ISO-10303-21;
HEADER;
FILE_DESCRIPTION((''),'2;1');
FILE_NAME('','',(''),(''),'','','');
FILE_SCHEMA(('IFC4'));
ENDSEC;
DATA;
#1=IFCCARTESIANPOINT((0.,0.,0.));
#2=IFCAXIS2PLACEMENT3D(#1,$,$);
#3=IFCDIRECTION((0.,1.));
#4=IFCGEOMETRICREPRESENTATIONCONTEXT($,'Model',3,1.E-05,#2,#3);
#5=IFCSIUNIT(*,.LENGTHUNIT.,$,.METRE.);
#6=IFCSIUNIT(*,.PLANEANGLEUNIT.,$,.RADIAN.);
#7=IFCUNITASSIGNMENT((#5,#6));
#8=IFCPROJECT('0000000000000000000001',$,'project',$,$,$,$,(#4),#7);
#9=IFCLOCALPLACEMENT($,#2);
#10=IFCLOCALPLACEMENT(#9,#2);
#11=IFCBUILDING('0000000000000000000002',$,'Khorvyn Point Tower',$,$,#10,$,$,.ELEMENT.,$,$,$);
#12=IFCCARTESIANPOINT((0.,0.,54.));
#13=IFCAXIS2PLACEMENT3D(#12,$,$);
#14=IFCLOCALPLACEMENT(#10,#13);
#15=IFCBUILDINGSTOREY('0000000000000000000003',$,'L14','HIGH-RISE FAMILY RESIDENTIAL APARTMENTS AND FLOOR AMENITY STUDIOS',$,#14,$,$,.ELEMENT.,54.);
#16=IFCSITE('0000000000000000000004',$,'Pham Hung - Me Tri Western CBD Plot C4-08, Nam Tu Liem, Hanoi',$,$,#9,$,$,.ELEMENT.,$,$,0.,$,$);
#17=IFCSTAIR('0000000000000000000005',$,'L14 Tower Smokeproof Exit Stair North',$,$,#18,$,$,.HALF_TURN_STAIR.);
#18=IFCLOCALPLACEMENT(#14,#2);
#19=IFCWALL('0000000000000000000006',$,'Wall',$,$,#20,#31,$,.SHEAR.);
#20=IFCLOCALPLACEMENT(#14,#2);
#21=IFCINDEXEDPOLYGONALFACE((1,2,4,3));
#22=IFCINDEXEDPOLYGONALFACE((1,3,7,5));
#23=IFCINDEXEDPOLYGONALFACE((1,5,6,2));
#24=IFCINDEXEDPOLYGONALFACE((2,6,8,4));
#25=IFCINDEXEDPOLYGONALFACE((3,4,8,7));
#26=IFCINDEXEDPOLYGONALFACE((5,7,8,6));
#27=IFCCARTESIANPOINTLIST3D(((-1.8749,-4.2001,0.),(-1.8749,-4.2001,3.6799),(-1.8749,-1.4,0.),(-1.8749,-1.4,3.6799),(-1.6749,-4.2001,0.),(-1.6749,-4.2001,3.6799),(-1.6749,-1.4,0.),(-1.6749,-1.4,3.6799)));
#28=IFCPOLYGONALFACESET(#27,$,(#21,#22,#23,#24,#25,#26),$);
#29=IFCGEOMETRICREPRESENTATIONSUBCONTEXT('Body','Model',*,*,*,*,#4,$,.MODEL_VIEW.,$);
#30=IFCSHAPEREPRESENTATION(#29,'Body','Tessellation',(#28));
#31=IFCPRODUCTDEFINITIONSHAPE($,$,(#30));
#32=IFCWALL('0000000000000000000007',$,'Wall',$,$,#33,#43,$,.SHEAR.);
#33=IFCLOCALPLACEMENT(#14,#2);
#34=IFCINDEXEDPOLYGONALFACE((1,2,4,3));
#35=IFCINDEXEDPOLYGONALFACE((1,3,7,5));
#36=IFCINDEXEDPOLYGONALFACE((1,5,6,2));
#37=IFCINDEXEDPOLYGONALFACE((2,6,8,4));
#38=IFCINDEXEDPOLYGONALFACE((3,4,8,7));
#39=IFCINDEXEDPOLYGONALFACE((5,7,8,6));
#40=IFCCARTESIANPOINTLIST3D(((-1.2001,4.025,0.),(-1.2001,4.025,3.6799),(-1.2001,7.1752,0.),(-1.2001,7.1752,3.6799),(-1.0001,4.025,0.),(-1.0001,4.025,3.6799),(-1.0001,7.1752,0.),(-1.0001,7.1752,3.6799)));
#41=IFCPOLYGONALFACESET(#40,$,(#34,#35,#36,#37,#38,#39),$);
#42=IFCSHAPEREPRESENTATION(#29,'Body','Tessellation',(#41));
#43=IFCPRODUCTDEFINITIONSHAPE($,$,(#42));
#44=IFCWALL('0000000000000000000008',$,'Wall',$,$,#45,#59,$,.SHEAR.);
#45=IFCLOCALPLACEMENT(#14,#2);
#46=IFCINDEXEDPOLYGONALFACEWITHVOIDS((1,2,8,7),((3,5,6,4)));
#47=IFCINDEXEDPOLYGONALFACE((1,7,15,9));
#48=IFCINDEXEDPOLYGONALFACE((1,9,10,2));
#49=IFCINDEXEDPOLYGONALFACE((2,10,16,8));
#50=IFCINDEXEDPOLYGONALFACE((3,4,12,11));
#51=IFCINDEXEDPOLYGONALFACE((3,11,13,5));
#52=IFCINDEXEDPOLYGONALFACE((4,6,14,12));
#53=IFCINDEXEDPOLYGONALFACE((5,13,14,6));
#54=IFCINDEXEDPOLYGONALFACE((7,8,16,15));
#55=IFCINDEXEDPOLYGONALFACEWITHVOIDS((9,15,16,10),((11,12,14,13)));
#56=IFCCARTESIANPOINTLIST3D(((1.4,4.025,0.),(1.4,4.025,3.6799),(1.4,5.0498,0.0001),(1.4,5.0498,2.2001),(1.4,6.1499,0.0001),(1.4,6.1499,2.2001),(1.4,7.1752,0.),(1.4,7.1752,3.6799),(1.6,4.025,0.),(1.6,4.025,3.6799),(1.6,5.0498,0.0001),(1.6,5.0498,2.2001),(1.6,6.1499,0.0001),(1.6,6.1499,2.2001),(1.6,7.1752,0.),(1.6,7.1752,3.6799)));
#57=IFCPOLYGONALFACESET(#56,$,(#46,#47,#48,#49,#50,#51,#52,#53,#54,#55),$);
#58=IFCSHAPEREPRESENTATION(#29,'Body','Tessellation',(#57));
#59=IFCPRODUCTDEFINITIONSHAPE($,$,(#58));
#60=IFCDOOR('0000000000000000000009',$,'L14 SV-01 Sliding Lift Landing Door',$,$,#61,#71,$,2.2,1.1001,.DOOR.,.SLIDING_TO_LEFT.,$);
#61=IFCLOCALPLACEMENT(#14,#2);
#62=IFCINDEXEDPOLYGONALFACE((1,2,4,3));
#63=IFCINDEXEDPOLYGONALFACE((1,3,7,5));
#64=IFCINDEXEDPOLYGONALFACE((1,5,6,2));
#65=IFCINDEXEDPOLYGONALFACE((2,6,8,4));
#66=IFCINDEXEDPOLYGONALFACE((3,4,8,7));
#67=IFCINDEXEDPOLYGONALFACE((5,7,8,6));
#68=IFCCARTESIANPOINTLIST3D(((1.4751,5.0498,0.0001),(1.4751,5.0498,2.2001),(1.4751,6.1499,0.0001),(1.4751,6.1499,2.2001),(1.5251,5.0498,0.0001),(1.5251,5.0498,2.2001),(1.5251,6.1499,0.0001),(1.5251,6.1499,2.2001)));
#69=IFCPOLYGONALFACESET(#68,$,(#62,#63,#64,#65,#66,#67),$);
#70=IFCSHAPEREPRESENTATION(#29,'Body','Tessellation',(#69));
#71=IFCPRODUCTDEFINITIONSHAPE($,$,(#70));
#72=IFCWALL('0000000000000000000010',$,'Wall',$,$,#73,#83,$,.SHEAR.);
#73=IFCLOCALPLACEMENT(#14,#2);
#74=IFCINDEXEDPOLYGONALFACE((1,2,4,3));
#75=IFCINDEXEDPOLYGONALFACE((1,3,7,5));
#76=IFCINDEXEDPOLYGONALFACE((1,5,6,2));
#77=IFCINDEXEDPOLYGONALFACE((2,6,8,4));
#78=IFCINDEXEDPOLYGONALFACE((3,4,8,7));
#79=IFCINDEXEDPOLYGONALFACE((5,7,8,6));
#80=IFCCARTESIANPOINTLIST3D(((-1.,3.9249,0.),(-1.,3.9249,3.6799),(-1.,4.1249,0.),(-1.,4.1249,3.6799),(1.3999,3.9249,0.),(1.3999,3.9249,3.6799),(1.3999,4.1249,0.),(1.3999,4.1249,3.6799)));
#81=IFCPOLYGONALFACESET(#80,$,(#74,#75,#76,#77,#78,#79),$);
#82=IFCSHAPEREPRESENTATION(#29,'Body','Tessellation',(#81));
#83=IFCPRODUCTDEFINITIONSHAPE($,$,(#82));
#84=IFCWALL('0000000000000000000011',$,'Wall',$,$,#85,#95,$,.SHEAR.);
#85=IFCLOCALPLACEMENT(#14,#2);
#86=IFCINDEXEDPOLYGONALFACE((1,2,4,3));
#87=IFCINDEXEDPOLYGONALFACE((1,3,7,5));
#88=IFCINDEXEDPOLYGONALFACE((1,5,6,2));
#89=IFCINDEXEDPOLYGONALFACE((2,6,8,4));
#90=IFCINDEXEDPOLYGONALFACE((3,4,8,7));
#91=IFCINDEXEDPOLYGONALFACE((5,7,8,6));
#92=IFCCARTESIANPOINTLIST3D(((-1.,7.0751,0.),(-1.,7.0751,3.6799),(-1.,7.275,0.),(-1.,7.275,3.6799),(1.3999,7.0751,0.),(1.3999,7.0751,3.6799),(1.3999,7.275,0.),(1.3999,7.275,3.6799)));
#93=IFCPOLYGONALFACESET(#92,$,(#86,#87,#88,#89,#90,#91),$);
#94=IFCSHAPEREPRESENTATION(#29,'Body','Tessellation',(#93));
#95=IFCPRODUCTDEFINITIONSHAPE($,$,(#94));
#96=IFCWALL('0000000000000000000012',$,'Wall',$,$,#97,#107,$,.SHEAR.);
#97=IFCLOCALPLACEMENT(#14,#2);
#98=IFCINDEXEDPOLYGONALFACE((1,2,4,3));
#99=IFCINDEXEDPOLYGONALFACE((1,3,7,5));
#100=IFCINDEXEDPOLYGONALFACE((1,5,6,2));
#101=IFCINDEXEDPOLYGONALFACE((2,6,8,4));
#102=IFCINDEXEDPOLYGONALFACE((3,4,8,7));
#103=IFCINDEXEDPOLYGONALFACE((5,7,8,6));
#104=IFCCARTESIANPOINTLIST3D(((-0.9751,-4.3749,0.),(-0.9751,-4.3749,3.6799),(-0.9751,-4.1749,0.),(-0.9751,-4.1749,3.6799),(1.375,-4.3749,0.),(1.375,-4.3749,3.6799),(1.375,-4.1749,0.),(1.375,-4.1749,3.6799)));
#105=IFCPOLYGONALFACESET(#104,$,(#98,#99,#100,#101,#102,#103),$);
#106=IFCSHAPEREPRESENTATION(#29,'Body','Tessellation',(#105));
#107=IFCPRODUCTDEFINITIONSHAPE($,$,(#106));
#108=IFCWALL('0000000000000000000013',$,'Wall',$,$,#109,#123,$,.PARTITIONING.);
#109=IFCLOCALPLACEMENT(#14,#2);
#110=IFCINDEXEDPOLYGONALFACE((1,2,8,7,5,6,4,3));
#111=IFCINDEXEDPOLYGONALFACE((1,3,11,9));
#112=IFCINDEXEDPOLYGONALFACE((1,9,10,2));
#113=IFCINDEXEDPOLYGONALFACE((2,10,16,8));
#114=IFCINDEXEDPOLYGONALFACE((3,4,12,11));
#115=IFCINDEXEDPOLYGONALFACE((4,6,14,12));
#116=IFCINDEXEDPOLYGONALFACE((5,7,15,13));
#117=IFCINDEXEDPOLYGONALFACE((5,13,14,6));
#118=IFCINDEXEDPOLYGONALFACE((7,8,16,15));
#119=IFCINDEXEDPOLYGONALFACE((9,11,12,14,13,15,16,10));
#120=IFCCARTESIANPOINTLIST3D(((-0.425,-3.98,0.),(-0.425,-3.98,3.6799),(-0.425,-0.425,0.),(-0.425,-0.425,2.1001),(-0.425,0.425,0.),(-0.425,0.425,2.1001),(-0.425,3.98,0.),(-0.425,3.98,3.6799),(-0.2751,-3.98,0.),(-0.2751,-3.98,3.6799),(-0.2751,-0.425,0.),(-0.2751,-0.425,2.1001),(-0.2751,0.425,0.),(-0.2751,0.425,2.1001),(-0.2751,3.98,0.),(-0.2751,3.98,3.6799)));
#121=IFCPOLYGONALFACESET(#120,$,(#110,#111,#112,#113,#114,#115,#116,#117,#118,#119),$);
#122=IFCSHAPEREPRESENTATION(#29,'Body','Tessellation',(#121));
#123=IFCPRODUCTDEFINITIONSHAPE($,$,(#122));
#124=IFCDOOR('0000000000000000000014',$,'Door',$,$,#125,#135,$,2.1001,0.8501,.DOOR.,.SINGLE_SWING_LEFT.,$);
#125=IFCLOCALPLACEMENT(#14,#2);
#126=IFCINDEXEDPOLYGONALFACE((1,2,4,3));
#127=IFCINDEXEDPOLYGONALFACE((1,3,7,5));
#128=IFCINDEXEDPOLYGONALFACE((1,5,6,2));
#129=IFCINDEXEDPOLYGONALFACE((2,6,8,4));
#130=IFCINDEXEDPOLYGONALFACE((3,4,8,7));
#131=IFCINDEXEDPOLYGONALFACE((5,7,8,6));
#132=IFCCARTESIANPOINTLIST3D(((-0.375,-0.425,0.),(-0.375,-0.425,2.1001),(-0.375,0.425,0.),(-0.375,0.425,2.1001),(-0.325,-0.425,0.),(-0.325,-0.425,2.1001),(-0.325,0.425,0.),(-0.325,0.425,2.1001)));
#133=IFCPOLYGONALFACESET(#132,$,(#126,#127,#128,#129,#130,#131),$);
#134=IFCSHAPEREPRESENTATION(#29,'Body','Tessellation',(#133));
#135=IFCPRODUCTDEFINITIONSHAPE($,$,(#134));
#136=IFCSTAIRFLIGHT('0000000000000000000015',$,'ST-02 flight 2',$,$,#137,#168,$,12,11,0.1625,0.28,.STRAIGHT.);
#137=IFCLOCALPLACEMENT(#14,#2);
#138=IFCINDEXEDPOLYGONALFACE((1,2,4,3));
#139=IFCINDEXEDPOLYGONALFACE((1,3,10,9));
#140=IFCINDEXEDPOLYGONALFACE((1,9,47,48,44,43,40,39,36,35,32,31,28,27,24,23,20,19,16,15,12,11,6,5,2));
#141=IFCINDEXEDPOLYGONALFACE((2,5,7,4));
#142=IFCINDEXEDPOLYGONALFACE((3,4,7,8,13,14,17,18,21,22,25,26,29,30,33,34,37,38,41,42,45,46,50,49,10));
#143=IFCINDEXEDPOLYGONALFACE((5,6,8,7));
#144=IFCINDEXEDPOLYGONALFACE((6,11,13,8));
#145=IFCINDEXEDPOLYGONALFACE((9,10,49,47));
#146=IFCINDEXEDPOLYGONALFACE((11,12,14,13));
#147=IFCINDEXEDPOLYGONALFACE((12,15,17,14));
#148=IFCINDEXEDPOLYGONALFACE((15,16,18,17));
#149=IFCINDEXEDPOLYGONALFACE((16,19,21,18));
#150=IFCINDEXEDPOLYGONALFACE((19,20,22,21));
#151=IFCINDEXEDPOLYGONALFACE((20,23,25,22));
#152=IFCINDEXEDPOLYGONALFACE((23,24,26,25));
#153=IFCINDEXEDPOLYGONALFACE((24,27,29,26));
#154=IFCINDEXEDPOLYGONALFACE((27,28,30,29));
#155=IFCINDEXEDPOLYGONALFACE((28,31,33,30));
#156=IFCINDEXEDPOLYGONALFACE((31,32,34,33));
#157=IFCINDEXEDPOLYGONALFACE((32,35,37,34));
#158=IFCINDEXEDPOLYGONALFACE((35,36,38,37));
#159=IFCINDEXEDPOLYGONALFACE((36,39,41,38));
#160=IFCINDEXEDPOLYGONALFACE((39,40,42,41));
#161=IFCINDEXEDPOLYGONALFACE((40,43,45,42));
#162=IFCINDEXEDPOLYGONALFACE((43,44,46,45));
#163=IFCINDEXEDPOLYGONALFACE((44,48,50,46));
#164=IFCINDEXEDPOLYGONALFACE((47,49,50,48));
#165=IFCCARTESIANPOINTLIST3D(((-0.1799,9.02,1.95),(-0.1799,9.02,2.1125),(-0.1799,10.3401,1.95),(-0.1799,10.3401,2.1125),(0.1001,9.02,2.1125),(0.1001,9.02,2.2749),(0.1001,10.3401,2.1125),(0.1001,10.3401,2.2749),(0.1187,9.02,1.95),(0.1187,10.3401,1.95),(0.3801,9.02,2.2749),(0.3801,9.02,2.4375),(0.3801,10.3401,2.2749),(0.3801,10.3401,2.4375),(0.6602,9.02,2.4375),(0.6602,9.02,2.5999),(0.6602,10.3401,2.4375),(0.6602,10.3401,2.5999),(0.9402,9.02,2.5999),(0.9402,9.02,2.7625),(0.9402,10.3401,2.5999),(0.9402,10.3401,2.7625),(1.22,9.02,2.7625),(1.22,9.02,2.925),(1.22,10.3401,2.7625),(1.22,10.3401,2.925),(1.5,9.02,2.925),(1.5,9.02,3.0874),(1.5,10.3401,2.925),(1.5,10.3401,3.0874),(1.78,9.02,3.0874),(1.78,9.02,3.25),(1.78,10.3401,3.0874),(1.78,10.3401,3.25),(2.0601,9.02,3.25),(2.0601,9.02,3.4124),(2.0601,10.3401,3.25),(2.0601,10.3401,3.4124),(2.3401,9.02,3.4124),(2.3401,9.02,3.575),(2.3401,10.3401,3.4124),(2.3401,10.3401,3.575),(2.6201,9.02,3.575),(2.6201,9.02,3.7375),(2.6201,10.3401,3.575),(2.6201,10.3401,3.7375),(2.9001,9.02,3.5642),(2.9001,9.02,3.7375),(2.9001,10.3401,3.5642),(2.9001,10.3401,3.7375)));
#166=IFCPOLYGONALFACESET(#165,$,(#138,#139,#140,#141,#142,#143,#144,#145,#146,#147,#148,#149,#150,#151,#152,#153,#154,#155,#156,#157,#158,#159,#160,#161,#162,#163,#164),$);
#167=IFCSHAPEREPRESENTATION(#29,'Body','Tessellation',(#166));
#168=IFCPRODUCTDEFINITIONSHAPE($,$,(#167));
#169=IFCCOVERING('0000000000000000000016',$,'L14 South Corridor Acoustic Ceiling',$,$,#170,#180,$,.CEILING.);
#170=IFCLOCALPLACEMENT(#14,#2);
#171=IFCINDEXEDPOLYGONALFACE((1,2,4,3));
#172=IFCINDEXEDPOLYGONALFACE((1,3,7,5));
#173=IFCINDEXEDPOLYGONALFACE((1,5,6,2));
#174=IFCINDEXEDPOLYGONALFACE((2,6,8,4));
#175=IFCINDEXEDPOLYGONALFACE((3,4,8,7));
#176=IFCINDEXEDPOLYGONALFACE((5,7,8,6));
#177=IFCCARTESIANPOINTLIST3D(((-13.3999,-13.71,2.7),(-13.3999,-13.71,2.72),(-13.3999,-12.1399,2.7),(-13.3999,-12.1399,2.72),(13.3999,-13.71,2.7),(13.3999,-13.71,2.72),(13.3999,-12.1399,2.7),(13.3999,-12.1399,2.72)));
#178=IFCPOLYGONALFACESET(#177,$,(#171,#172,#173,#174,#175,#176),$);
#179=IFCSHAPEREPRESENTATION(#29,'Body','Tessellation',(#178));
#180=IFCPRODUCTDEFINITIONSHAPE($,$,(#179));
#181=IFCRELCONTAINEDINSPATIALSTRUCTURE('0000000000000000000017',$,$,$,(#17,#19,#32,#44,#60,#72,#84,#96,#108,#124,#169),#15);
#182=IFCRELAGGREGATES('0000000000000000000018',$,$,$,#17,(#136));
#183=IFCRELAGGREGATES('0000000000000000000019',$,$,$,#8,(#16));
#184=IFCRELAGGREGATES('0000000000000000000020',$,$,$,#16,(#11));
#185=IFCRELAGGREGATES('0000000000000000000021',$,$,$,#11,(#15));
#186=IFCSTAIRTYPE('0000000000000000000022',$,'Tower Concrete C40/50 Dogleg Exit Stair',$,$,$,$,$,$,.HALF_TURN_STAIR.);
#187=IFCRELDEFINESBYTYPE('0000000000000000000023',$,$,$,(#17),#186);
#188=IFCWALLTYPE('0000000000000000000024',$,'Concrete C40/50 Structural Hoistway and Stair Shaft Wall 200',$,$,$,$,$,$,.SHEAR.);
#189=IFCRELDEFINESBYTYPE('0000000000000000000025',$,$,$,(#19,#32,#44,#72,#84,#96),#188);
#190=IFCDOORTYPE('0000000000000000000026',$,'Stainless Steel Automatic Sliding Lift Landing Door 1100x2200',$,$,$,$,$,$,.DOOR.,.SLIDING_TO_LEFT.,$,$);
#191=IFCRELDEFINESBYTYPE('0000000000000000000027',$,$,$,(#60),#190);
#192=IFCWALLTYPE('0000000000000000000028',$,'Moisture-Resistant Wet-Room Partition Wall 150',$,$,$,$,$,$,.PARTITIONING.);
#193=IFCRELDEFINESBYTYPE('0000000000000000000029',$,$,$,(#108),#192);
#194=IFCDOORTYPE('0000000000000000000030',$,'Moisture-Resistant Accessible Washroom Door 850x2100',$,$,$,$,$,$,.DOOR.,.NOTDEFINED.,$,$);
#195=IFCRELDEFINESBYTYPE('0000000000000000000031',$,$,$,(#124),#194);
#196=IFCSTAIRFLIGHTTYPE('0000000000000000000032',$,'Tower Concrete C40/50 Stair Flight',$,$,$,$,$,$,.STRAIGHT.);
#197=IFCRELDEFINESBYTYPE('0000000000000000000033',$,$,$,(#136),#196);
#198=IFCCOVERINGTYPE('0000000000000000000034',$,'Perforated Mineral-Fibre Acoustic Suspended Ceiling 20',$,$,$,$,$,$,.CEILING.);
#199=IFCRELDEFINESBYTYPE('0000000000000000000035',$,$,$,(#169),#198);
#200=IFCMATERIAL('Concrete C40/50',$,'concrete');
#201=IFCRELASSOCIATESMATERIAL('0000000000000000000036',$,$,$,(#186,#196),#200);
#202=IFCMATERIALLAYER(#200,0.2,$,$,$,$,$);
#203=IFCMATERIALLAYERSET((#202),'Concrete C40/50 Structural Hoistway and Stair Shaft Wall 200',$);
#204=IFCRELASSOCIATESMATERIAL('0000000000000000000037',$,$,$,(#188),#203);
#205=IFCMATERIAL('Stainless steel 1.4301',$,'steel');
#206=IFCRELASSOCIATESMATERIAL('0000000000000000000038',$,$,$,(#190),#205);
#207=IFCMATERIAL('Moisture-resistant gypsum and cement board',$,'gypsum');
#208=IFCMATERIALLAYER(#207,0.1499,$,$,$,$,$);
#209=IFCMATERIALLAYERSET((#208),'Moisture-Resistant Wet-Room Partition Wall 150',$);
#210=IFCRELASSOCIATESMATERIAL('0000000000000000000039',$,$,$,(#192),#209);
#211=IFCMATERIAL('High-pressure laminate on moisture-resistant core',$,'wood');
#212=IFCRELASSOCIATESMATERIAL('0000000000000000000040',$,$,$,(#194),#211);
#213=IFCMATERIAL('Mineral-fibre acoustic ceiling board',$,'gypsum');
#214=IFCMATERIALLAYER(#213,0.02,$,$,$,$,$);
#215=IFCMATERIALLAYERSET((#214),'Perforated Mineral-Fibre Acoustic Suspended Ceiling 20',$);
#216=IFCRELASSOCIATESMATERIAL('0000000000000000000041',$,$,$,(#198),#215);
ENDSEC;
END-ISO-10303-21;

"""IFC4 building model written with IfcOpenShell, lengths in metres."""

from ifc_helpers import new_model, si_unit, direction, frame, frame_2d, origin, place, context, subcontext, project, spatial, polyline, rectangle, outline, extrude, material, layer, layer_set, type_object, element, fill, aggregate, save


model = new_model("IFC4")

# Units and contexts
model_context = context("Model", 3, precision=1e-05, world=origin(), true_north=direction((0.0, 1.0)))
body_context = subcontext(model_context, "Body", "Model", "MODEL_VIEW")
ifc_project = project(units=[si_unit("LENGTHUNIT", "METRE"), si_unit("PLANEANGLEUNIT", "RADIAN")], contexts=[model_context])

# Site, building, storey
site_placement = place(None, origin())
site = spatial("IfcSite", under=ifc_project, at=site_placement, Name="Pham Hung - Me Tri Western CBD Plot C4-08, Nam Tu Liem, Hanoi", CompositionType="ELEMENT", RefElevation=0.0)
building_placement = place(site_placement, origin())
building = spatial("IfcBuilding", under=site, at=building_placement, Name="Khorvyn Point Tower", CompositionType="ELEMENT")
storey_placement = place(building_placement, frame((0.0, 0.0, 54.0)))
storey = spatial("IfcBuildingStorey", under=building, at=storey_placement, Name="L14", Description="HIGH-RISE FAMILY RESIDENTIAL APARTMENTS AND FLOOR AMENITY STUDIOS", CompositionType="ELEMENT", Elevation=54.0)

# Shared definitions
ifc_material_1 = material(Name="Concrete C40/50", Category="concrete")

# Stair
stair_type = type_object("IfcStairType", Name="Tower Concrete C40/50 Dogleg Exit Stair", PredefinedType="HALF_TURN_STAIR", material=ifc_material_1)
stair_1_placement = place(storey_placement, origin())
stair_1 = element("IfcStair", 1, at=stair_1_placement, inside=storey, type_object=stair_type, Name="L14 Tower Smokeproof Exit Stair North", PredefinedType="HALF_TURN_STAIR")

# Walls
ifc_layer_1 = layer(ifc_material_1, 0.2)
ifc_layer_set_1 = layer_set([ifc_layer_1], Name="Concrete C40/50 Structural Hoistway and Stair Shaft Wall 200")
wall_type_1 = type_object("IfcWallType", Name="Concrete C40/50 Structural Hoistway and Stair Shaft Wall 200", PredefinedType="SHEAR", material=ifc_layer_set_1)
wall_1_placement = place(storey_placement, frame((-1.7749, -4.2, 0.0), z_axis=(0.0, 0.0, 1.0), x_axis=(0.0, 1.0, 0.0)))
element("IfcWall", 2, at=wall_1_placement, inside=storey, type_object=wall_type_1, Name="Wall", PredefinedType="SHEAR", context=body_context, shape_type="SweptSolid", body=[
    extrude(rectangle(XDim=2.8, YDim=0.2, at=frame_2d((1.3999, 0.0))), origin(), (0.0, 0.0, 1.0), 3.6799),
])
wall_2_placement = place(storey_placement, frame((-1.1001, 4.0249, 0.0), z_axis=(0.0, 0.0, 1.0), x_axis=(0.0, 1.0, 0.0)))
element("IfcWall", 3, at=wall_2_placement, inside=storey, type_object=wall_type_1, Name="Wall", PredefinedType="SHEAR", context=body_context, shape_type="SweptSolid", body=[
    extrude(rectangle(XDim=3.1501, YDim=0.2, at=frame_2d((1.5752, 0.0))), origin(), (0.0, 0.0, 1.0), 3.6799),
])

# Wall, opening, door
wall_3_placement = place(storey_placement, frame((1.5, 4.0249, 0.0), z_axis=(0.0, 0.0, 1.0), x_axis=(0.0, 1.0, 0.0)))
wall_3 = element("IfcWall", 4, at=wall_3_placement, inside=storey, type_object=wall_type_1, Name="Wall", PredefinedType="SHEAR", context=body_context, shape_type="SweptSolid", body=[
    extrude(rectangle(XDim=3.1501, YDim=0.2, at=frame_2d((1.5752, 0.0))), origin(), (0.0, 0.0, 1.0), 3.6799),
])
opening_1_placement = place(wall_3_placement, frame((1.0249, 0.0, 0.0)))
opening_1 = element("IfcOpeningElement", 5, at=opening_1_placement, cuts=wall_3, PredefinedType="OPENING", context=body_context, shape_type="SweptSolid", body=[
    extrude(rectangle(XDim=1.1001, YDim=2.2, at=frame_2d((0.55, 1.1001))), frame((0.0, 0.1099, 0.0), z_axis=(0.0, -1.0, 0.0), x_axis=(1.0, 0.0, 0.0)), (0.0, 0.0, 1.0), 0.22),
])
ifc_material_2 = material(Name="Stainless steel 1.4301", Category="steel")
door_type_1 = type_object("IfcDoorType", Name="Stainless Steel Automatic Sliding Lift Landing Door 1100x2200", OperationType="SLIDING_TO_LEFT", PredefinedType="DOOR", material=ifc_material_2)
door_1_placement = place(opening_1_placement, origin())
door_1 = element("IfcDoor", 6, at=door_1_placement, inside=storey, type_object=door_type_1, Name="L14 SV-01 Sliding Lift Landing Door", OperationType="SLIDING_TO_LEFT", OverallHeight=2.2, OverallWidth=1.1001, PredefinedType="DOOR", context=body_context, shape_type="SweptSolid", body=[
    extrude(rectangle(XDim=1.1001, YDim=2.2, at=frame_2d((0.55, 1.1001))), frame((0.0, 0.0249, 0.0), z_axis=(0.0, -1.0, 0.0), x_axis=(1.0, 0.0, 0.0)), (0.0, 0.0, 1.0), 0.05),
])
fill(opening_1, door_1)

# Walls
for number, where, z_axis, x_axis, name in (
    (7, (-1.0, 4.0249, 0.0), (0.0, 0.0, 1.0), (1.0, 0.0, 0.0), "Wall"),
    (8, (-1.0, 7.175, 0.0), (0.0, 0.0, 1.0), (1.0, 0.0, 0.0), "Wall"),
):
    element("IfcWall", number, at=place(storey_placement, frame(where, z_axis=z_axis, x_axis=x_axis)), inside=storey, type_object=wall_type_1, Name=name, PredefinedType="SHEAR", context=body_context, shape_type="SweptSolid", body=[
        extrude(rectangle(XDim=2.3999, YDim=0.2, at=frame_2d((1.2, 0.0))), origin(), (0.0, 0.0, 1.0), 3.6799),
    ])
wall_4_placement = place(storey_placement, frame((-0.9751, -4.2749, 0.0), z_axis=(0.0, 0.0, 1.0), x_axis=(1.0, 0.0, 0.0)))
element("IfcWall", 9, at=wall_4_placement, inside=storey, type_object=wall_type_1, Name="Wall", PredefinedType="SHEAR", context=body_context, shape_type="SweptSolid", body=[
    extrude(rectangle(XDim=2.3501, YDim=0.2, at=frame_2d((1.175, 0.0))), origin(), (0.0, 0.0, 1.0), 3.6799),
])

# Wall, opening, door
ifc_material_3 = material(Name="Moisture-resistant gypsum and cement board", Category="gypsum")
ifc_layer_2 = layer(ifc_material_3, 0.1499)
ifc_layer_set_2 = layer_set([ifc_layer_2], Name="Moisture-Resistant Wet-Room Partition Wall 150")
wall_type_2 = type_object("IfcWallType", Name="Moisture-Resistant Wet-Room Partition Wall 150", PredefinedType="PARTITIONING", material=ifc_layer_set_2)
wall_5_placement = place(storey_placement, frame((-0.3501, -3.98, 0.0), z_axis=(0.0, 0.0, 1.0), x_axis=(0.0, 1.0, 0.0)))
wall_5 = element("IfcWall", 10, at=wall_5_placement, inside=storey, type_object=wall_type_2, Name="Wall", PredefinedType="PARTITIONING", context=body_context, shape_type="SweptSolid", body=[
    extrude(rectangle(XDim=7.96, YDim=0.1499, at=frame_2d((3.98, 0.0))), origin(), (0.0, 0.0, 1.0), 3.6799),
])
opening_2_placement = place(wall_5_placement, frame((3.5549, 0.0, 0.0)))
opening_2 = element("IfcOpeningElement", 11, at=opening_2_placement, cuts=wall_5, PredefinedType="OPENING", context=body_context, shape_type="SweptSolid", body=[
    extrude(rectangle(XDim=0.8501, YDim=2.1001, at=frame_2d((0.425, 1.05))), frame((0.0, 0.085, 0.0), z_axis=(0.0, -1.0, 0.0), x_axis=(1.0, 0.0, 0.0)), (0.0, 0.0, 1.0), 0.1699),
])
ifc_material_4 = material(Name="High-pressure laminate on moisture-resistant core", Category="wood")
door_type_2 = type_object("IfcDoorType", Name="Moisture-Resistant Accessible Washroom Door 850x2100", OperationType="NOTDEFINED", PredefinedType="DOOR", material=ifc_material_4)
door_2_placement = place(opening_2_placement, origin())
door_2 = element("IfcDoor", 12, at=door_2_placement, inside=storey, type_object=door_type_2, Name="Door", OperationType="SINGLE_SWING_LEFT", OverallHeight=2.1001, OverallWidth=0.8501, PredefinedType="DOOR", context=body_context, shape_type="SweptSolid", body=[
    extrude(rectangle(XDim=0.8501, YDim=2.1001, at=frame_2d((0.425, 1.05))), frame((0.0, 0.0249, 0.0), z_axis=(0.0, -1.0, 0.0), x_axis=(1.0, 0.0, 0.0)), (0.0, 0.0, 1.0), 0.05),
])
fill(opening_2, door_2)

# Stair flight
stair_flight_type = type_object("IfcStairFlightType", Name="Tower Concrete C40/50 Stair Flight", PredefinedType="STRAIGHT", material=ifc_material_1)
stair_flight_placement = place(storey_placement, frame((-0.1799, 9.6799, 1.95), z_axis=(0.0, 0.0, 1.0), x_axis=(1.0, 0.0, 0.0)))
stair_flight = element("IfcStairFlight", 13, at=stair_flight_placement, type_object=stair_flight_type, Name="ST-02 flight 2", NumberOfRisers=12, NumberOfTreads=11, PredefinedType="STRAIGHT", RiserHeight=0.1625, TreadLength=0.28, context=body_context, shape_type="SweptSolid", body=[
    extrude(outline(polyline([(0.0, 0.0), (0.0, 0.1626), (0.28, 0.1626), (0.28, 0.325), (0.5601, 0.325), (0.5601, 0.4875), (0.8401, 0.4875), (0.8401, 0.6499), (1.1201, 0.6499), (1.1201, 0.8125), (1.3999, 0.8125), (1.3999, 0.9751), (1.6799, 0.9751), (1.6799, 1.1375), (1.96, 1.1375), (1.96, 1.3), (2.24, 1.3), (2.24, 1.4624), (2.52, 1.4624), (2.52, 1.625), (2.8, 1.625), (2.8, 1.7876), (3.0801, 1.7876), (3.0801, 1.95), (3.0801, 1.6143), (0.2986, 0.0), (0.0, 0.0)])), frame((0.0, 0.6602, 0.0), z_axis=(0.0, -1.0, 0.0), x_axis=(1.0, 0.0, 0.0)), (0.0, 0.0, 1.0), 1.3201),
])
aggregate(stair_1, [stair_flight])

# Covering
ifc_material_5 = material(Name="Mineral-fibre acoustic ceiling board", Category="gypsum")
ifc_layer_3 = layer(ifc_material_5, 0.02)
ifc_layer_set_3 = layer_set([ifc_layer_3], Name="Perforated Mineral-Fibre Acoustic Suspended Ceiling 20")
covering_type_1 = type_object("IfcCoveringType", Name="Perforated Mineral-Fibre Acoustic Suspended Ceiling 20", PredefinedType="CEILING", material=ifc_layer_set_3)
covering_1_placement = place(storey_placement, frame((0.0, 0.0, 2.7)))
element("IfcCovering", 14, at=covering_1_placement, inside=storey, type_object=covering_type_1, Name="L14 South Corridor Acoustic Ceiling", PredefinedType="CEILING", context=body_context, shape_type="SweptSolid", body=[
    extrude(outline(polyline([(-13.3999, -13.71), (13.3999, -13.71), (13.3999, -12.1399), (-13.3999, -12.1399), (-13.3999, -13.71)])), origin(), (0.0, 0.0, 1.0), 0.02),
])

save(model, "model.ifc")
